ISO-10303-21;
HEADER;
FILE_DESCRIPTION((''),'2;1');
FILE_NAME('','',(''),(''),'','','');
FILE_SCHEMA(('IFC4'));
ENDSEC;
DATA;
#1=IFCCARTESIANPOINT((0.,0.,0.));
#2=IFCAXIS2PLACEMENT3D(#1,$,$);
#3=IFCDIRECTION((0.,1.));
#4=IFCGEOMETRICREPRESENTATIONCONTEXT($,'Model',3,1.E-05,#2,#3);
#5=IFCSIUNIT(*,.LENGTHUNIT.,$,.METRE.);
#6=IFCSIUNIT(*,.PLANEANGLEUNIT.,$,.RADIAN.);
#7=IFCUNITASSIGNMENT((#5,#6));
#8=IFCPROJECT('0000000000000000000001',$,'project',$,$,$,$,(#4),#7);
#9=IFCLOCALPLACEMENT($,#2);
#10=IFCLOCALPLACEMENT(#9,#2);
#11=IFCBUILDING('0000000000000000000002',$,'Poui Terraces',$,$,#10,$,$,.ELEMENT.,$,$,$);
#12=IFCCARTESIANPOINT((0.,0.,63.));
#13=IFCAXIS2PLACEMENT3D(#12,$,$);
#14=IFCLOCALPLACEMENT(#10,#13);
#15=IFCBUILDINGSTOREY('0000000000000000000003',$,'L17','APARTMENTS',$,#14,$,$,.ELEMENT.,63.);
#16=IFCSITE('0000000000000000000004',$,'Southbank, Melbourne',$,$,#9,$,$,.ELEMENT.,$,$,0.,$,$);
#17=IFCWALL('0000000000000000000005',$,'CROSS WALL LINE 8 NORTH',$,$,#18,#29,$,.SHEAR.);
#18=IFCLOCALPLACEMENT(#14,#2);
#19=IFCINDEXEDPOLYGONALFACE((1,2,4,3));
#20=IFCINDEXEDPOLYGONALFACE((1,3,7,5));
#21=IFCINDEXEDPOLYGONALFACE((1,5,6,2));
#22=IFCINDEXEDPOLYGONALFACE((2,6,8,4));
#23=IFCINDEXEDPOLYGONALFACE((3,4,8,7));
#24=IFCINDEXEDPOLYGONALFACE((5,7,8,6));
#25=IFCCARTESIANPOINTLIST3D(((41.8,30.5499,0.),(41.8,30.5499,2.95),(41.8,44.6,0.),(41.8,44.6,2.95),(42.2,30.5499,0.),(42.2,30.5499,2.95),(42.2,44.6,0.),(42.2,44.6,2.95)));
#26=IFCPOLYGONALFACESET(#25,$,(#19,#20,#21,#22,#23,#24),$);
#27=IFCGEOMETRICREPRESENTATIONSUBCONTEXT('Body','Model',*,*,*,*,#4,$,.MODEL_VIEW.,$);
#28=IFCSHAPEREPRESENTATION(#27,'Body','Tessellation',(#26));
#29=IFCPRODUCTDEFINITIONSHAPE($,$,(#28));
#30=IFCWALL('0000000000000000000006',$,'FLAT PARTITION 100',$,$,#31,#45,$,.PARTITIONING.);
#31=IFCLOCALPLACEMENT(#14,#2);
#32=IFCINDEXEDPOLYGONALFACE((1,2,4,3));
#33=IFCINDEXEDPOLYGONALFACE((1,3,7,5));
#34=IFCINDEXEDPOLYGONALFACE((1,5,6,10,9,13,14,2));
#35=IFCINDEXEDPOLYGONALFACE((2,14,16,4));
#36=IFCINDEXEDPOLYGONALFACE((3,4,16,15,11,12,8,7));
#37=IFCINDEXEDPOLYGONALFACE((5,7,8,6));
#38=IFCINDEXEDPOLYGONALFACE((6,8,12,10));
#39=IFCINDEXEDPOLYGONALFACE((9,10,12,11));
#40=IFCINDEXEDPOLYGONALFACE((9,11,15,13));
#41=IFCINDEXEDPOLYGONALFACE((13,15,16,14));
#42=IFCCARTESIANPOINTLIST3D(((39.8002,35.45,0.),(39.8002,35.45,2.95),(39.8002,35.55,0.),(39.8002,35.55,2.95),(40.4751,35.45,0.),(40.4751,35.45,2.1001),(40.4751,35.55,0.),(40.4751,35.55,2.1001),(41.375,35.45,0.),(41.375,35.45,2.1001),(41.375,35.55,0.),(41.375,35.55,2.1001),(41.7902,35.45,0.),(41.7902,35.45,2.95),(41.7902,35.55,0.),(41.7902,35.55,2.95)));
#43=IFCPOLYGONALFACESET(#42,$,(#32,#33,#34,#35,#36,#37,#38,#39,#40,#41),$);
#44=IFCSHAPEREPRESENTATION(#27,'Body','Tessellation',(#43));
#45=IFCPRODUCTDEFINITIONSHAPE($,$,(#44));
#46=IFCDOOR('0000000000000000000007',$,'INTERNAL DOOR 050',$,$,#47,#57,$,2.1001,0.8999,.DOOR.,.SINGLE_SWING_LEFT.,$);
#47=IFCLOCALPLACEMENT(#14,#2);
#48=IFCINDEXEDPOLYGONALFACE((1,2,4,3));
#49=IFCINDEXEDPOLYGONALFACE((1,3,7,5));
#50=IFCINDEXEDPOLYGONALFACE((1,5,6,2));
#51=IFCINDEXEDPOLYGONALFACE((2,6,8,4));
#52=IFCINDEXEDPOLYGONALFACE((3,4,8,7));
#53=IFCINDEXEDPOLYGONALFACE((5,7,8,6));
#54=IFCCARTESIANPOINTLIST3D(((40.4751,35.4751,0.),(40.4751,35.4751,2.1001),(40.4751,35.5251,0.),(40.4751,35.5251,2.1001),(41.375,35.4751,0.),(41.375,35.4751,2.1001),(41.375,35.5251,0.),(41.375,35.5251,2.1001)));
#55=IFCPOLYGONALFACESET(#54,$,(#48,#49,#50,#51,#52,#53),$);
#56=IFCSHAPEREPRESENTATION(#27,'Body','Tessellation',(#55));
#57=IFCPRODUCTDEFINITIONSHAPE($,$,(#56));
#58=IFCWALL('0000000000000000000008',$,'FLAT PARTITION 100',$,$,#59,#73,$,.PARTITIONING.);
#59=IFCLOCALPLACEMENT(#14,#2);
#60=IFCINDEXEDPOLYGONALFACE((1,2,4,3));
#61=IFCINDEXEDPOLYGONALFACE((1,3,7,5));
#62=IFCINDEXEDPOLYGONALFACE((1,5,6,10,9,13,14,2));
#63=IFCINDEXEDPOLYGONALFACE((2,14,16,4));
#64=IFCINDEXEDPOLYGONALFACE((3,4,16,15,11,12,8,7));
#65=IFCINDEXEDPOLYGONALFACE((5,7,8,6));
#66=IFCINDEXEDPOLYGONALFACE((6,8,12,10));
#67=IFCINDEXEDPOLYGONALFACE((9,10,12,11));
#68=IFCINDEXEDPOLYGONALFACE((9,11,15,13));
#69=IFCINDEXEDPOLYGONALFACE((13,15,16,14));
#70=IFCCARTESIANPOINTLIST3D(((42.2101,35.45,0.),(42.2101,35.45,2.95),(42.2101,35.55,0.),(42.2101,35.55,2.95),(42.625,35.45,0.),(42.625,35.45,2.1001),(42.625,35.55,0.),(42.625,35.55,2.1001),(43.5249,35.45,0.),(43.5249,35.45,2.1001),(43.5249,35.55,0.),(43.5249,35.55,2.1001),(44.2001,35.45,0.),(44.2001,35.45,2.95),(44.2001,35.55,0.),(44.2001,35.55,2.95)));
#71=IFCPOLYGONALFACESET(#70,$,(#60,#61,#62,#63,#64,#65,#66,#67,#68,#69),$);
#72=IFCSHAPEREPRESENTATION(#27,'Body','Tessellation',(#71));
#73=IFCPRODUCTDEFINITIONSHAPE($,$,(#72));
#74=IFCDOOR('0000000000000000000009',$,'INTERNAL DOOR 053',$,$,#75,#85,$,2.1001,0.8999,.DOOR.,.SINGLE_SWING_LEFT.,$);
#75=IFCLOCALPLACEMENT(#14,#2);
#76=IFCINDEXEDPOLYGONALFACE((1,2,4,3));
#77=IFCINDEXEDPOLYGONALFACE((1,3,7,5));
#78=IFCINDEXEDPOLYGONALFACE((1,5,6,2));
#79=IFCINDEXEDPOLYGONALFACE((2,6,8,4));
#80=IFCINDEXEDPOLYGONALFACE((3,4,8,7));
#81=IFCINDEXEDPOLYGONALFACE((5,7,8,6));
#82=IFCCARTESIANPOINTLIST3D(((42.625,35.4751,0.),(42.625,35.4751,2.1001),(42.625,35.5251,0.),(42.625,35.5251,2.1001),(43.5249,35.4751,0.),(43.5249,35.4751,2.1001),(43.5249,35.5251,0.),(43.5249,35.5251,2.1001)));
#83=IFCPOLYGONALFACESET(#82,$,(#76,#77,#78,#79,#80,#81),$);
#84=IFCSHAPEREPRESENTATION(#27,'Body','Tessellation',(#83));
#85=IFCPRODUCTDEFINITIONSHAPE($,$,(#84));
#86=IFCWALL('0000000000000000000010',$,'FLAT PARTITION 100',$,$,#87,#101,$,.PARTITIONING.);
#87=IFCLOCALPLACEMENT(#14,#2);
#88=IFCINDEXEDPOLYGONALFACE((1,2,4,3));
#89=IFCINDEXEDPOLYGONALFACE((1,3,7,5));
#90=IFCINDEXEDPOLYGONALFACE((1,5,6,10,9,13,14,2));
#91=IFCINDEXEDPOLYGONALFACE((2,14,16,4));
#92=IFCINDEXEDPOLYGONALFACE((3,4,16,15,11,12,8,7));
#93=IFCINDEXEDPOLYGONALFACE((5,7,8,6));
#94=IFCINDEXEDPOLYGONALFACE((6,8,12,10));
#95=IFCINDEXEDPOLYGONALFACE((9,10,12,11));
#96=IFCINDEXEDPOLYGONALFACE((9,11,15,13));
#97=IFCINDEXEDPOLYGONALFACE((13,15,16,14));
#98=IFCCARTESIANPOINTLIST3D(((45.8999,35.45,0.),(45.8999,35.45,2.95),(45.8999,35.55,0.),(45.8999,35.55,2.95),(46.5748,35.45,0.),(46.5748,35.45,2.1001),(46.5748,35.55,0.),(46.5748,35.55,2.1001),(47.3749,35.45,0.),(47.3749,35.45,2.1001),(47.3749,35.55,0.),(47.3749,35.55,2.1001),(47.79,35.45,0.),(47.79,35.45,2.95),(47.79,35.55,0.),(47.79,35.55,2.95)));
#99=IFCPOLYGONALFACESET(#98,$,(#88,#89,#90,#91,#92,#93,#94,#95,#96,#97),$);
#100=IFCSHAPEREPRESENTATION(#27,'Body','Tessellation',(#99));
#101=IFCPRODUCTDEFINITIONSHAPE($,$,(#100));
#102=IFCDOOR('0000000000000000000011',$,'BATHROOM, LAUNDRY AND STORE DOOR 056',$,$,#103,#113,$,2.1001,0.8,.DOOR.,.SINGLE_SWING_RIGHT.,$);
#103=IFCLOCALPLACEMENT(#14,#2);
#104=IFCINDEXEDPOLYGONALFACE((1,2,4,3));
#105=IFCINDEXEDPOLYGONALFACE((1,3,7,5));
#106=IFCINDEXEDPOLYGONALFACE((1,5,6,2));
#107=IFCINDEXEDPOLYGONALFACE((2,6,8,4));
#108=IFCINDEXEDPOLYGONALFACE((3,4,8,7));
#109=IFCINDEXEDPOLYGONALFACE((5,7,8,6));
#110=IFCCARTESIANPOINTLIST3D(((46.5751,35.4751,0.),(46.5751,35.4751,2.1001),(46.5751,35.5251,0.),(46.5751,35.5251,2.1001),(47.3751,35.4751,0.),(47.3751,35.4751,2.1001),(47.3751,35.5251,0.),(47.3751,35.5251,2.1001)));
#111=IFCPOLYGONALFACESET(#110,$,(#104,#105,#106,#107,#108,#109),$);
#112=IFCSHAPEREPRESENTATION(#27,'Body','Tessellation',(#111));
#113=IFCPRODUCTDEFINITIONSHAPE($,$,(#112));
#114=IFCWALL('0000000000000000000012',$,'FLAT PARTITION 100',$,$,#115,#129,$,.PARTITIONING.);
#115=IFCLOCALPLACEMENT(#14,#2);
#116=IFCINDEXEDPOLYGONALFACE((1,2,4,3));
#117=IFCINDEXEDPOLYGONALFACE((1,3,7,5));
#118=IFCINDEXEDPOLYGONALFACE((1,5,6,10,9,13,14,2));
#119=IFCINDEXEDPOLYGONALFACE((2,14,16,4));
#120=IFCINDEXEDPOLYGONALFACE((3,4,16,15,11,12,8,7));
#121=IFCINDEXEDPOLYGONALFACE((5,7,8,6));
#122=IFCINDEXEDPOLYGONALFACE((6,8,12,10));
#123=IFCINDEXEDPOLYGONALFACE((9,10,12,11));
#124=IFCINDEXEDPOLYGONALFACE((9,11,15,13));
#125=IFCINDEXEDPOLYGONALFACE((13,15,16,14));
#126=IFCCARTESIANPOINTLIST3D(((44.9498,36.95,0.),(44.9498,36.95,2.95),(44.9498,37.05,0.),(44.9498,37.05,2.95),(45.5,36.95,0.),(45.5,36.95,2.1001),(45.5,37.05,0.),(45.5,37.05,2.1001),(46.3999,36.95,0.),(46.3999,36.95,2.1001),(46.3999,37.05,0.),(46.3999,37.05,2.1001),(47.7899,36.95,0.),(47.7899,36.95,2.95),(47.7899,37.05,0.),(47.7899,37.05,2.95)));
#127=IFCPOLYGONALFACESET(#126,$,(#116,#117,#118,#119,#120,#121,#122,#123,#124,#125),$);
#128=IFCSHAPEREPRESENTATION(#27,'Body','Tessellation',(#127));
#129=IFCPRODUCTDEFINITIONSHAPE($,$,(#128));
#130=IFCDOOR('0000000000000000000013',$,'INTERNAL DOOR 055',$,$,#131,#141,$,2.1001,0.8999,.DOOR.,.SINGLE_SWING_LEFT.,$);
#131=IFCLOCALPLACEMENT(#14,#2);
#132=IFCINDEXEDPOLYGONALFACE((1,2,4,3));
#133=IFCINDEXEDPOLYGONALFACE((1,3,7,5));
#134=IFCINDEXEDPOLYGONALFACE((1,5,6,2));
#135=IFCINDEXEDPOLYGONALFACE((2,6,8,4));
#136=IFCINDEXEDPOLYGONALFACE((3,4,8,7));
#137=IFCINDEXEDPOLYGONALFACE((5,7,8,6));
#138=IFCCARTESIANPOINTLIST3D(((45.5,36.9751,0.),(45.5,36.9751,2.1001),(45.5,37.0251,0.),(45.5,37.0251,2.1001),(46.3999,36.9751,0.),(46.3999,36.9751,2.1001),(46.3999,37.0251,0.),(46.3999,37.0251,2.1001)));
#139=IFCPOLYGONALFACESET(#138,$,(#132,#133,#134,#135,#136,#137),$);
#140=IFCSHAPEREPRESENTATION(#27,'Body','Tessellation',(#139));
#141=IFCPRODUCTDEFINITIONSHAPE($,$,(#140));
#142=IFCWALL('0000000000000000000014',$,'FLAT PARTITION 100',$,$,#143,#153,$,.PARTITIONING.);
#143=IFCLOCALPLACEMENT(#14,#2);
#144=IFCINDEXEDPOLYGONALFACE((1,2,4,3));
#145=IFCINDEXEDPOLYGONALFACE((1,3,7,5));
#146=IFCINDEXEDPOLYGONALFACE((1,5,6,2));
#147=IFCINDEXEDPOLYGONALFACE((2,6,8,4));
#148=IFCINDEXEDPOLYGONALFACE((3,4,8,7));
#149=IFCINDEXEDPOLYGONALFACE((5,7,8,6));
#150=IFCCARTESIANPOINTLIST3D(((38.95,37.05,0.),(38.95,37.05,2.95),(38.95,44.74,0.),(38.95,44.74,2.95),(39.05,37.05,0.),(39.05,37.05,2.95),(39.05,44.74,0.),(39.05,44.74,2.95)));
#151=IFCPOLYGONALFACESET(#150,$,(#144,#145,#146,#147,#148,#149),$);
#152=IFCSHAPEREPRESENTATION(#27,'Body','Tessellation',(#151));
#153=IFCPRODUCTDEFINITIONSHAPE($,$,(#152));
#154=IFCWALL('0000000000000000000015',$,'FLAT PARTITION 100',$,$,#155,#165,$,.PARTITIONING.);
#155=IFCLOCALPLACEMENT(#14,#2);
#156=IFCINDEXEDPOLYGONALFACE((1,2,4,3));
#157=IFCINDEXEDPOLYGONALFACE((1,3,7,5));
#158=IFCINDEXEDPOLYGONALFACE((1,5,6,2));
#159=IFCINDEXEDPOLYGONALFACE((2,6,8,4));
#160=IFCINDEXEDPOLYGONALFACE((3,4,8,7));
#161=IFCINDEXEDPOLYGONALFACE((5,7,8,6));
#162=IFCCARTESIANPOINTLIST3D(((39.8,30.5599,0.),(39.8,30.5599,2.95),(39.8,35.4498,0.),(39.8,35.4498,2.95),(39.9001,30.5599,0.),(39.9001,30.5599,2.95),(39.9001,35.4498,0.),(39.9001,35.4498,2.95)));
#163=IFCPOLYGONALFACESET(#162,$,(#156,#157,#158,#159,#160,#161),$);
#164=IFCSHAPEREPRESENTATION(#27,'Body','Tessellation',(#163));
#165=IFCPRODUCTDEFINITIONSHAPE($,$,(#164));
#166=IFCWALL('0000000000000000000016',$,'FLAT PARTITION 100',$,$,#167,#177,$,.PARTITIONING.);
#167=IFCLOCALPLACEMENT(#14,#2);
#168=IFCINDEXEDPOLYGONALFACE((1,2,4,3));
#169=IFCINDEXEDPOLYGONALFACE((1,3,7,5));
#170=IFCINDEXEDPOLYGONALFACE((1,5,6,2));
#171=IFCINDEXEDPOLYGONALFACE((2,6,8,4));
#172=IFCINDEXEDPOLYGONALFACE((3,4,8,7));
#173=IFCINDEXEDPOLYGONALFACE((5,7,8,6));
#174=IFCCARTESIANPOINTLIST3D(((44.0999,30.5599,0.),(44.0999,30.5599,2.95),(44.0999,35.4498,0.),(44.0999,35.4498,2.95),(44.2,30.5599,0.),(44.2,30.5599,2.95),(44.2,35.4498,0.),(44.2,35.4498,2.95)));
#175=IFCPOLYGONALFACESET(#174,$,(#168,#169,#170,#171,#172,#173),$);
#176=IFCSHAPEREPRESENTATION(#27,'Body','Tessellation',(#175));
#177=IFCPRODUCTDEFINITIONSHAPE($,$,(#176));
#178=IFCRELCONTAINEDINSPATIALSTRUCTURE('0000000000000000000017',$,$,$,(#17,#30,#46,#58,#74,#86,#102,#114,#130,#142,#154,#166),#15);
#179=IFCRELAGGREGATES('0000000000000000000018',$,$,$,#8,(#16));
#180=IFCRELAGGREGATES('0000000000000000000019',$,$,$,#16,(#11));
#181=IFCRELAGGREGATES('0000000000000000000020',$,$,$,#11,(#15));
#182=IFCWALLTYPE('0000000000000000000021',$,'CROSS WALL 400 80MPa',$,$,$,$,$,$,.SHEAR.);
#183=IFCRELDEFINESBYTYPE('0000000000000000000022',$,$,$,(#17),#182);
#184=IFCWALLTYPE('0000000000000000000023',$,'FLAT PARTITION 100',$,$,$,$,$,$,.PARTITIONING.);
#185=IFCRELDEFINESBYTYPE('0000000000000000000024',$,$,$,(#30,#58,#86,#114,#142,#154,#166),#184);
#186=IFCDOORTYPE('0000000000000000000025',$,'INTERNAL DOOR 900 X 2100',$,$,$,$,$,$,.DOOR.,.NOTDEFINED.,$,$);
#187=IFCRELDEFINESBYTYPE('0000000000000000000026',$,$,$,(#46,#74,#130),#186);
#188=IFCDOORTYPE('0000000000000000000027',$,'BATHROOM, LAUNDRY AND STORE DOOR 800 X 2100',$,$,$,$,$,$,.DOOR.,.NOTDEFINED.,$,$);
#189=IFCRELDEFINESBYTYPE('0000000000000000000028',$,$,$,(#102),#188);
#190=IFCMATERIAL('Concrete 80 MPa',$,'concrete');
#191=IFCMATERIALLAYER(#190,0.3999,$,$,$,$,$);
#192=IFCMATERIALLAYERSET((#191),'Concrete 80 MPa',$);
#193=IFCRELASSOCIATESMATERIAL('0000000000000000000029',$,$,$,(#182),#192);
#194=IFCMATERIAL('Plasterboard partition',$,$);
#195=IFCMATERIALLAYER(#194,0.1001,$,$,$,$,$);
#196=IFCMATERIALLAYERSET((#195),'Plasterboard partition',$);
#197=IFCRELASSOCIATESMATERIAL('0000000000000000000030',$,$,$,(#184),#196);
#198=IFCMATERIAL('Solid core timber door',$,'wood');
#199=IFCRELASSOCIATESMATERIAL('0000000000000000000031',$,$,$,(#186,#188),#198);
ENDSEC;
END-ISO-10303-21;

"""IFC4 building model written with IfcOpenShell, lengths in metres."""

from ifc_helpers import new_model, si_unit, direction, frame, frame_2d, origin, place, context, subcontext, project, spatial, rectangle, extrude, material, layer, layer_set, type_object, element, fill, save


model = new_model("IFC4")

# Units and contexts
model_context = context("Model", 3, precision=1e-05, world=origin(), true_north=direction((0.0, 1.0)))
body_context = subcontext(model_context, "Body", "Model", "MODEL_VIEW")
ifc_project = project(units=[si_unit("LENGTHUNIT", "METRE"), si_unit("PLANEANGLEUNIT", "RADIAN")], contexts=[model_context])

# Site, building, storey
site_placement = place(None, origin())
site = spatial("IfcSite", under=ifc_project, at=site_placement, Name="Southbank, Melbourne", CompositionType="ELEMENT", RefElevation=0.0)
building_placement = place(site_placement, origin())
building = spatial("IfcBuilding", under=site, at=building_placement, Name="Poui Terraces", CompositionType="ELEMENT")
storey_placement = place(building_placement, frame((0.0, 0.0, 63.0)))
storey = spatial("IfcBuildingStorey", under=building, at=storey_placement, Name="L17", Description="APARTMENTS", CompositionType="ELEMENT", Elevation=63.0)

# Wall
ifc_material_1 = material(Name="Concrete 80 MPa", Category="concrete")
ifc_layer_1 = layer(ifc_material_1, 0.3999)
ifc_layer_set_1 = layer_set([ifc_layer_1], Name="Concrete 80 MPa")
wall_type_1 = type_object("IfcWallType", Name="CROSS WALL 400 80MPa", PredefinedType="SHEAR", material=ifc_layer_set_1)
wall_1_placement = place(storey_placement, frame((42.0, 30.55, 0.0), z_axis=(0.0, 0.0, 1.0), x_axis=(0.0, 1.0, 0.0)))
element("IfcWall", 1, at=wall_1_placement, inside=storey, type_object=wall_type_1, Name="CROSS WALL LINE 8 NORTH", PredefinedType="SHEAR", context=body_context, shape_type="SweptSolid", body=[
    extrude(rectangle(XDim=14.05, YDim=0.3999, at=frame_2d((7.0249, 0.0))), origin(), (0.0, 0.0, 1.0), 2.95),
])

# Walls, openings, doors
ifc_material_2 = material(Name="Plasterboard partition")
ifc_layer_2 = layer(ifc_material_2, 0.1001)
ifc_layer_set_2 = layer_set([ifc_layer_2], Name="Plasterboard partition")
wall_type_2 = type_object("IfcWallType", Name="FLAT PARTITION 100", PredefinedType="PARTITIONING", material=ifc_layer_set_2)
wall_2_placement = place(storey_placement, frame((39.8, 35.5, 0.0), z_axis=(0.0, 0.0, 1.0), x_axis=(1.0, 0.0, 0.0)))
wall_2 = element("IfcWall", 2, at=wall_2_placement, inside=storey, type_object=wall_type_2, Name="FLAT PARTITION 100", PredefinedType="PARTITIONING", context=body_context, shape_type="SweptSolid", body=[
    extrude(rectangle(XDim=1.99, YDim=0.1001, at=frame_2d((0.9951, 0.0))), origin(), (0.0, 0.0, 1.0), 2.95),
])
opening_1_placement = place(wall_2_placement, frame((0.675, 0.0, 0.0)))
opening_1 = element("IfcOpeningElement", 3, at=opening_1_placement, cuts=wall_2, PredefinedType="OPENING", context=body_context, shape_type="SweptSolid", body=[
    extrude(rectangle(XDim=0.8999, YDim=2.1001, at=frame_2d((0.45, 1.05))), frame((0.0, 0.0601, 0.0), z_axis=(0.0, -1.0, 0.0), x_axis=(1.0, 0.0, 0.0)), (0.0, 0.0, 1.0), 0.1201),
])
ifc_material_3 = material(Name="Solid core timber door", Category="wood")
door_type_1 = type_object("IfcDoorType", Name="INTERNAL DOOR 900 X 2100", OperationType="NOTDEFINED", PredefinedType="DOOR", material=ifc_material_3)
door_1_placement = place(opening_1_placement, frame((0.8999, 0.0, 0.0), z_axis=(0.0, 0.0, 1.0), x_axis=(-1.0, 0.0, 0.0)))
door_1 = element("IfcDoor", 4, at=door_1_placement, inside=storey, type_object=door_type_1, Name="INTERNAL DOOR 050", OperationType="SINGLE_SWING_LEFT", OverallHeight=2.1001, OverallWidth=0.8999, PredefinedType="DOOR", context=body_context, shape_type="SweptSolid", body=[
    extrude(rectangle(XDim=0.8999, YDim=2.1001, at=frame_2d((0.45, 1.05))), frame((0.0, 0.0249, 0.0), z_axis=(0.0, -1.0, 0.0), x_axis=(1.0, 0.0, 0.0)), (0.0, 0.0, 1.0), 0.05),
])
fill(opening_1, door_1)
wall_3_placement = place(storey_placement, frame((42.21, 35.5, 0.0), z_axis=(0.0, 0.0, 1.0), x_axis=(1.0, 0.0, 0.0)))
wall_3 = element("IfcWall", 5, at=wall_3_placement, inside=storey, type_object=wall_type_2, Name="FLAT PARTITION 100", PredefinedType="PARTITIONING", context=body_context, shape_type="SweptSolid", body=[
    extrude(rectangle(XDim=1.99, YDim=0.1001, at=frame_2d((0.9951, 0.0))), origin(), (0.0, 0.0, 1.0), 2.95),
])
opening_2_placement = place(wall_3_placement, frame((0.415, 0.0, 0.0)))
opening_2 = element("IfcOpeningElement", 6, at=opening_2_placement, cuts=wall_3, PredefinedType="OPENING", context=body_context, shape_type="SweptSolid", body=[
    extrude(rectangle(XDim=0.8999, YDim=2.1001, at=frame_2d((0.45, 1.05))), frame((0.0, 0.0601, 0.0), z_axis=(0.0, -1.0, 0.0), x_axis=(1.0, 0.0, 0.0)), (0.0, 0.0, 1.0), 0.1201),
])
door_2_placement = place(opening_2_placement, frame((0.8999, 0.0, 0.0), z_axis=(0.0, 0.0, 1.0), x_axis=(-1.0, 0.0, 0.0)))
door_2 = element("IfcDoor", 7, at=door_2_placement, inside=storey, type_object=door_type_1, Name="INTERNAL DOOR 053", OperationType="SINGLE_SWING_LEFT", OverallHeight=2.1001, OverallWidth=0.8999, PredefinedType="DOOR", context=body_context, shape_type="SweptSolid", body=[
    extrude(rectangle(XDim=0.8999, YDim=2.1001, at=frame_2d((0.45, 1.05))), frame((0.0, 0.0249, 0.0), z_axis=(0.0, -1.0, 0.0), x_axis=(1.0, 0.0, 0.0)), (0.0, 0.0, 1.0), 0.05),
])
fill(opening_2, door_2)
wall_4_placement = place(storey_placement, frame((45.8999, 35.5, 0.0), z_axis=(0.0, 0.0, 1.0), x_axis=(1.0, 0.0, 0.0)))
wall_4 = element("IfcWall", 8, at=wall_4_placement, inside=storey, type_object=wall_type_2, Name="FLAT PARTITION 100", PredefinedType="PARTITIONING", context=body_context, shape_type="SweptSolid", body=[
    extrude(rectangle(XDim=1.8901, YDim=0.1001, at=frame_2d((0.9451, 0.0))), origin(), (0.0, 0.0, 1.0), 2.95),
])
opening_3_placement = place(wall_4_placement, frame((0.675, 0.0, 0.0)))
opening_3 = element("IfcOpeningElement", 9, at=opening_3_placement, cuts=wall_4, PredefinedType="OPENING", context=body_context, shape_type="SweptSolid", body=[
    extrude(rectangle(XDim=0.8, YDim=2.1001, at=frame_2d((0.3999, 1.05))), frame((0.0, 0.0601, 0.0), z_axis=(0.0, -1.0, 0.0), x_axis=(1.0, 0.0, 0.0)), (0.0, 0.0, 1.0), 0.1201),
])
door_type_2 = type_object("IfcDoorType", Name="BATHROOM, LAUNDRY AND STORE DOOR 800 X 2100", OperationType="NOTDEFINED", PredefinedType="DOOR", material=ifc_material_3)
door_3_placement = place(opening_3_placement, frame((0.8, 0.0, 0.0), z_axis=(0.0, 0.0, 1.0), x_axis=(-1.0, 0.0, 0.0)))
door_3 = element("IfcDoor", 10, at=door_3_placement, inside=storey, type_object=door_type_2, Name="BATHROOM, LAUNDRY AND STORE DOOR 056", OperationType="SINGLE_SWING_RIGHT", OverallHeight=2.1001, OverallWidth=0.8, PredefinedType="DOOR", context=body_context, shape_type="SweptSolid", body=[
    extrude(rectangle(XDim=0.8, YDim=2.1001, at=frame_2d((0.3999, 1.05))), frame((0.0, 0.0249, 0.0), z_axis=(0.0, -1.0, 0.0), x_axis=(1.0, 0.0, 0.0)), (0.0, 0.0, 1.0), 0.05),
])
fill(opening_3, door_3)
wall_5_placement = place(storey_placement, frame((44.95, 37.0, 0.0), z_axis=(0.0, 0.0, 1.0), x_axis=(1.0, 0.0, 0.0)))
wall_5 = element("IfcWall", 11, at=wall_5_placement, inside=storey, type_object=wall_type_2, Name="FLAT PARTITION 100", PredefinedType="PARTITIONING", context=body_context, shape_type="SweptSolid", body=[
    extrude(rectangle(XDim=2.8401, YDim=0.1001, at=frame_2d((1.4199, 0.0))), origin(), (0.0, 0.0, 1.0), 2.95),
])
opening_4_placement = place(wall_5_placement, frame((0.55, 0.0, 0.0)))
opening_4 = element("IfcOpeningElement", 12, at=opening_4_placement, cuts=wall_5, PredefinedType="OPENING", context=body_context, shape_type="SweptSolid", body=[
    extrude(rectangle(XDim=0.8999, YDim=2.1001, at=frame_2d((0.45, 1.05))), frame((0.0, 0.0601, 0.0), z_axis=(0.0, -1.0, 0.0), x_axis=(1.0, 0.0, 0.0)), (0.0, 0.0, 1.0), 0.1201),
])
door_4_placement = place(opening_4_placement, frame((0.8999, 0.0, 0.0), z_axis=(0.0, 0.0, 1.0), x_axis=(-1.0, 0.0, 0.0)))
door_4 = element("IfcDoor", 13, at=door_4_placement, inside=storey, type_object=door_type_1, Name="INTERNAL DOOR 055", OperationType="SINGLE_SWING_LEFT", OverallHeight=2.1001, OverallWidth=0.8999, PredefinedType="DOOR", context=body_context, shape_type="SweptSolid", body=[
    extrude(rectangle(XDim=0.8999, YDim=2.1001, at=frame_2d((0.45, 1.05))), frame((0.0, 0.0249, 0.0), z_axis=(0.0, -1.0, 0.0), x_axis=(1.0, 0.0, 0.0)), (0.0, 0.0, 1.0), 0.05),
])
fill(opening_4, door_4)

# Walls
wall_6_placement = place(storey_placement, frame((39.0, 37.05, 0.0), z_axis=(0.0, 0.0, 1.0), x_axis=(0.0, 1.0, 0.0)))
element("IfcWall", 14, at=wall_6_placement, inside=storey, type_object=wall_type_2, Name="FLAT PARTITION 100", PredefinedType="PARTITIONING", context=body_context, shape_type="SweptSolid", body=[
    extrude(rectangle(XDim=7.6899, YDim=0.1001, at=frame_2d((3.845, 0.0))), origin(), (0.0, 0.0, 1.0), 2.95),
])
for number, where, z_axis, x_axis, name in (
    (15, (39.8501, 30.5601, 0.0), (0.0, 0.0, 1.0), (0.0, 1.0, 0.0), "FLAT PARTITION 100"),
    (16, (44.1499, 30.5601, 0.0), (0.0, 0.0, 1.0), (0.0, 1.0, 0.0), "FLAT PARTITION 100"),
):
    element("IfcWall", number, at=place(storey_placement, frame(where, z_axis=z_axis, x_axis=x_axis)), inside=storey, type_object=wall_type_2, Name=name, PredefinedType="PARTITIONING", context=body_context, shape_type="SweptSolid", body=[
        extrude(rectangle(XDim=4.8899, YDim=0.1001, at=frame_2d((2.4448, 0.0))), origin(), (0.0, 0.0, 1.0), 2.95),
    ])

save(model, "model.ifc")
